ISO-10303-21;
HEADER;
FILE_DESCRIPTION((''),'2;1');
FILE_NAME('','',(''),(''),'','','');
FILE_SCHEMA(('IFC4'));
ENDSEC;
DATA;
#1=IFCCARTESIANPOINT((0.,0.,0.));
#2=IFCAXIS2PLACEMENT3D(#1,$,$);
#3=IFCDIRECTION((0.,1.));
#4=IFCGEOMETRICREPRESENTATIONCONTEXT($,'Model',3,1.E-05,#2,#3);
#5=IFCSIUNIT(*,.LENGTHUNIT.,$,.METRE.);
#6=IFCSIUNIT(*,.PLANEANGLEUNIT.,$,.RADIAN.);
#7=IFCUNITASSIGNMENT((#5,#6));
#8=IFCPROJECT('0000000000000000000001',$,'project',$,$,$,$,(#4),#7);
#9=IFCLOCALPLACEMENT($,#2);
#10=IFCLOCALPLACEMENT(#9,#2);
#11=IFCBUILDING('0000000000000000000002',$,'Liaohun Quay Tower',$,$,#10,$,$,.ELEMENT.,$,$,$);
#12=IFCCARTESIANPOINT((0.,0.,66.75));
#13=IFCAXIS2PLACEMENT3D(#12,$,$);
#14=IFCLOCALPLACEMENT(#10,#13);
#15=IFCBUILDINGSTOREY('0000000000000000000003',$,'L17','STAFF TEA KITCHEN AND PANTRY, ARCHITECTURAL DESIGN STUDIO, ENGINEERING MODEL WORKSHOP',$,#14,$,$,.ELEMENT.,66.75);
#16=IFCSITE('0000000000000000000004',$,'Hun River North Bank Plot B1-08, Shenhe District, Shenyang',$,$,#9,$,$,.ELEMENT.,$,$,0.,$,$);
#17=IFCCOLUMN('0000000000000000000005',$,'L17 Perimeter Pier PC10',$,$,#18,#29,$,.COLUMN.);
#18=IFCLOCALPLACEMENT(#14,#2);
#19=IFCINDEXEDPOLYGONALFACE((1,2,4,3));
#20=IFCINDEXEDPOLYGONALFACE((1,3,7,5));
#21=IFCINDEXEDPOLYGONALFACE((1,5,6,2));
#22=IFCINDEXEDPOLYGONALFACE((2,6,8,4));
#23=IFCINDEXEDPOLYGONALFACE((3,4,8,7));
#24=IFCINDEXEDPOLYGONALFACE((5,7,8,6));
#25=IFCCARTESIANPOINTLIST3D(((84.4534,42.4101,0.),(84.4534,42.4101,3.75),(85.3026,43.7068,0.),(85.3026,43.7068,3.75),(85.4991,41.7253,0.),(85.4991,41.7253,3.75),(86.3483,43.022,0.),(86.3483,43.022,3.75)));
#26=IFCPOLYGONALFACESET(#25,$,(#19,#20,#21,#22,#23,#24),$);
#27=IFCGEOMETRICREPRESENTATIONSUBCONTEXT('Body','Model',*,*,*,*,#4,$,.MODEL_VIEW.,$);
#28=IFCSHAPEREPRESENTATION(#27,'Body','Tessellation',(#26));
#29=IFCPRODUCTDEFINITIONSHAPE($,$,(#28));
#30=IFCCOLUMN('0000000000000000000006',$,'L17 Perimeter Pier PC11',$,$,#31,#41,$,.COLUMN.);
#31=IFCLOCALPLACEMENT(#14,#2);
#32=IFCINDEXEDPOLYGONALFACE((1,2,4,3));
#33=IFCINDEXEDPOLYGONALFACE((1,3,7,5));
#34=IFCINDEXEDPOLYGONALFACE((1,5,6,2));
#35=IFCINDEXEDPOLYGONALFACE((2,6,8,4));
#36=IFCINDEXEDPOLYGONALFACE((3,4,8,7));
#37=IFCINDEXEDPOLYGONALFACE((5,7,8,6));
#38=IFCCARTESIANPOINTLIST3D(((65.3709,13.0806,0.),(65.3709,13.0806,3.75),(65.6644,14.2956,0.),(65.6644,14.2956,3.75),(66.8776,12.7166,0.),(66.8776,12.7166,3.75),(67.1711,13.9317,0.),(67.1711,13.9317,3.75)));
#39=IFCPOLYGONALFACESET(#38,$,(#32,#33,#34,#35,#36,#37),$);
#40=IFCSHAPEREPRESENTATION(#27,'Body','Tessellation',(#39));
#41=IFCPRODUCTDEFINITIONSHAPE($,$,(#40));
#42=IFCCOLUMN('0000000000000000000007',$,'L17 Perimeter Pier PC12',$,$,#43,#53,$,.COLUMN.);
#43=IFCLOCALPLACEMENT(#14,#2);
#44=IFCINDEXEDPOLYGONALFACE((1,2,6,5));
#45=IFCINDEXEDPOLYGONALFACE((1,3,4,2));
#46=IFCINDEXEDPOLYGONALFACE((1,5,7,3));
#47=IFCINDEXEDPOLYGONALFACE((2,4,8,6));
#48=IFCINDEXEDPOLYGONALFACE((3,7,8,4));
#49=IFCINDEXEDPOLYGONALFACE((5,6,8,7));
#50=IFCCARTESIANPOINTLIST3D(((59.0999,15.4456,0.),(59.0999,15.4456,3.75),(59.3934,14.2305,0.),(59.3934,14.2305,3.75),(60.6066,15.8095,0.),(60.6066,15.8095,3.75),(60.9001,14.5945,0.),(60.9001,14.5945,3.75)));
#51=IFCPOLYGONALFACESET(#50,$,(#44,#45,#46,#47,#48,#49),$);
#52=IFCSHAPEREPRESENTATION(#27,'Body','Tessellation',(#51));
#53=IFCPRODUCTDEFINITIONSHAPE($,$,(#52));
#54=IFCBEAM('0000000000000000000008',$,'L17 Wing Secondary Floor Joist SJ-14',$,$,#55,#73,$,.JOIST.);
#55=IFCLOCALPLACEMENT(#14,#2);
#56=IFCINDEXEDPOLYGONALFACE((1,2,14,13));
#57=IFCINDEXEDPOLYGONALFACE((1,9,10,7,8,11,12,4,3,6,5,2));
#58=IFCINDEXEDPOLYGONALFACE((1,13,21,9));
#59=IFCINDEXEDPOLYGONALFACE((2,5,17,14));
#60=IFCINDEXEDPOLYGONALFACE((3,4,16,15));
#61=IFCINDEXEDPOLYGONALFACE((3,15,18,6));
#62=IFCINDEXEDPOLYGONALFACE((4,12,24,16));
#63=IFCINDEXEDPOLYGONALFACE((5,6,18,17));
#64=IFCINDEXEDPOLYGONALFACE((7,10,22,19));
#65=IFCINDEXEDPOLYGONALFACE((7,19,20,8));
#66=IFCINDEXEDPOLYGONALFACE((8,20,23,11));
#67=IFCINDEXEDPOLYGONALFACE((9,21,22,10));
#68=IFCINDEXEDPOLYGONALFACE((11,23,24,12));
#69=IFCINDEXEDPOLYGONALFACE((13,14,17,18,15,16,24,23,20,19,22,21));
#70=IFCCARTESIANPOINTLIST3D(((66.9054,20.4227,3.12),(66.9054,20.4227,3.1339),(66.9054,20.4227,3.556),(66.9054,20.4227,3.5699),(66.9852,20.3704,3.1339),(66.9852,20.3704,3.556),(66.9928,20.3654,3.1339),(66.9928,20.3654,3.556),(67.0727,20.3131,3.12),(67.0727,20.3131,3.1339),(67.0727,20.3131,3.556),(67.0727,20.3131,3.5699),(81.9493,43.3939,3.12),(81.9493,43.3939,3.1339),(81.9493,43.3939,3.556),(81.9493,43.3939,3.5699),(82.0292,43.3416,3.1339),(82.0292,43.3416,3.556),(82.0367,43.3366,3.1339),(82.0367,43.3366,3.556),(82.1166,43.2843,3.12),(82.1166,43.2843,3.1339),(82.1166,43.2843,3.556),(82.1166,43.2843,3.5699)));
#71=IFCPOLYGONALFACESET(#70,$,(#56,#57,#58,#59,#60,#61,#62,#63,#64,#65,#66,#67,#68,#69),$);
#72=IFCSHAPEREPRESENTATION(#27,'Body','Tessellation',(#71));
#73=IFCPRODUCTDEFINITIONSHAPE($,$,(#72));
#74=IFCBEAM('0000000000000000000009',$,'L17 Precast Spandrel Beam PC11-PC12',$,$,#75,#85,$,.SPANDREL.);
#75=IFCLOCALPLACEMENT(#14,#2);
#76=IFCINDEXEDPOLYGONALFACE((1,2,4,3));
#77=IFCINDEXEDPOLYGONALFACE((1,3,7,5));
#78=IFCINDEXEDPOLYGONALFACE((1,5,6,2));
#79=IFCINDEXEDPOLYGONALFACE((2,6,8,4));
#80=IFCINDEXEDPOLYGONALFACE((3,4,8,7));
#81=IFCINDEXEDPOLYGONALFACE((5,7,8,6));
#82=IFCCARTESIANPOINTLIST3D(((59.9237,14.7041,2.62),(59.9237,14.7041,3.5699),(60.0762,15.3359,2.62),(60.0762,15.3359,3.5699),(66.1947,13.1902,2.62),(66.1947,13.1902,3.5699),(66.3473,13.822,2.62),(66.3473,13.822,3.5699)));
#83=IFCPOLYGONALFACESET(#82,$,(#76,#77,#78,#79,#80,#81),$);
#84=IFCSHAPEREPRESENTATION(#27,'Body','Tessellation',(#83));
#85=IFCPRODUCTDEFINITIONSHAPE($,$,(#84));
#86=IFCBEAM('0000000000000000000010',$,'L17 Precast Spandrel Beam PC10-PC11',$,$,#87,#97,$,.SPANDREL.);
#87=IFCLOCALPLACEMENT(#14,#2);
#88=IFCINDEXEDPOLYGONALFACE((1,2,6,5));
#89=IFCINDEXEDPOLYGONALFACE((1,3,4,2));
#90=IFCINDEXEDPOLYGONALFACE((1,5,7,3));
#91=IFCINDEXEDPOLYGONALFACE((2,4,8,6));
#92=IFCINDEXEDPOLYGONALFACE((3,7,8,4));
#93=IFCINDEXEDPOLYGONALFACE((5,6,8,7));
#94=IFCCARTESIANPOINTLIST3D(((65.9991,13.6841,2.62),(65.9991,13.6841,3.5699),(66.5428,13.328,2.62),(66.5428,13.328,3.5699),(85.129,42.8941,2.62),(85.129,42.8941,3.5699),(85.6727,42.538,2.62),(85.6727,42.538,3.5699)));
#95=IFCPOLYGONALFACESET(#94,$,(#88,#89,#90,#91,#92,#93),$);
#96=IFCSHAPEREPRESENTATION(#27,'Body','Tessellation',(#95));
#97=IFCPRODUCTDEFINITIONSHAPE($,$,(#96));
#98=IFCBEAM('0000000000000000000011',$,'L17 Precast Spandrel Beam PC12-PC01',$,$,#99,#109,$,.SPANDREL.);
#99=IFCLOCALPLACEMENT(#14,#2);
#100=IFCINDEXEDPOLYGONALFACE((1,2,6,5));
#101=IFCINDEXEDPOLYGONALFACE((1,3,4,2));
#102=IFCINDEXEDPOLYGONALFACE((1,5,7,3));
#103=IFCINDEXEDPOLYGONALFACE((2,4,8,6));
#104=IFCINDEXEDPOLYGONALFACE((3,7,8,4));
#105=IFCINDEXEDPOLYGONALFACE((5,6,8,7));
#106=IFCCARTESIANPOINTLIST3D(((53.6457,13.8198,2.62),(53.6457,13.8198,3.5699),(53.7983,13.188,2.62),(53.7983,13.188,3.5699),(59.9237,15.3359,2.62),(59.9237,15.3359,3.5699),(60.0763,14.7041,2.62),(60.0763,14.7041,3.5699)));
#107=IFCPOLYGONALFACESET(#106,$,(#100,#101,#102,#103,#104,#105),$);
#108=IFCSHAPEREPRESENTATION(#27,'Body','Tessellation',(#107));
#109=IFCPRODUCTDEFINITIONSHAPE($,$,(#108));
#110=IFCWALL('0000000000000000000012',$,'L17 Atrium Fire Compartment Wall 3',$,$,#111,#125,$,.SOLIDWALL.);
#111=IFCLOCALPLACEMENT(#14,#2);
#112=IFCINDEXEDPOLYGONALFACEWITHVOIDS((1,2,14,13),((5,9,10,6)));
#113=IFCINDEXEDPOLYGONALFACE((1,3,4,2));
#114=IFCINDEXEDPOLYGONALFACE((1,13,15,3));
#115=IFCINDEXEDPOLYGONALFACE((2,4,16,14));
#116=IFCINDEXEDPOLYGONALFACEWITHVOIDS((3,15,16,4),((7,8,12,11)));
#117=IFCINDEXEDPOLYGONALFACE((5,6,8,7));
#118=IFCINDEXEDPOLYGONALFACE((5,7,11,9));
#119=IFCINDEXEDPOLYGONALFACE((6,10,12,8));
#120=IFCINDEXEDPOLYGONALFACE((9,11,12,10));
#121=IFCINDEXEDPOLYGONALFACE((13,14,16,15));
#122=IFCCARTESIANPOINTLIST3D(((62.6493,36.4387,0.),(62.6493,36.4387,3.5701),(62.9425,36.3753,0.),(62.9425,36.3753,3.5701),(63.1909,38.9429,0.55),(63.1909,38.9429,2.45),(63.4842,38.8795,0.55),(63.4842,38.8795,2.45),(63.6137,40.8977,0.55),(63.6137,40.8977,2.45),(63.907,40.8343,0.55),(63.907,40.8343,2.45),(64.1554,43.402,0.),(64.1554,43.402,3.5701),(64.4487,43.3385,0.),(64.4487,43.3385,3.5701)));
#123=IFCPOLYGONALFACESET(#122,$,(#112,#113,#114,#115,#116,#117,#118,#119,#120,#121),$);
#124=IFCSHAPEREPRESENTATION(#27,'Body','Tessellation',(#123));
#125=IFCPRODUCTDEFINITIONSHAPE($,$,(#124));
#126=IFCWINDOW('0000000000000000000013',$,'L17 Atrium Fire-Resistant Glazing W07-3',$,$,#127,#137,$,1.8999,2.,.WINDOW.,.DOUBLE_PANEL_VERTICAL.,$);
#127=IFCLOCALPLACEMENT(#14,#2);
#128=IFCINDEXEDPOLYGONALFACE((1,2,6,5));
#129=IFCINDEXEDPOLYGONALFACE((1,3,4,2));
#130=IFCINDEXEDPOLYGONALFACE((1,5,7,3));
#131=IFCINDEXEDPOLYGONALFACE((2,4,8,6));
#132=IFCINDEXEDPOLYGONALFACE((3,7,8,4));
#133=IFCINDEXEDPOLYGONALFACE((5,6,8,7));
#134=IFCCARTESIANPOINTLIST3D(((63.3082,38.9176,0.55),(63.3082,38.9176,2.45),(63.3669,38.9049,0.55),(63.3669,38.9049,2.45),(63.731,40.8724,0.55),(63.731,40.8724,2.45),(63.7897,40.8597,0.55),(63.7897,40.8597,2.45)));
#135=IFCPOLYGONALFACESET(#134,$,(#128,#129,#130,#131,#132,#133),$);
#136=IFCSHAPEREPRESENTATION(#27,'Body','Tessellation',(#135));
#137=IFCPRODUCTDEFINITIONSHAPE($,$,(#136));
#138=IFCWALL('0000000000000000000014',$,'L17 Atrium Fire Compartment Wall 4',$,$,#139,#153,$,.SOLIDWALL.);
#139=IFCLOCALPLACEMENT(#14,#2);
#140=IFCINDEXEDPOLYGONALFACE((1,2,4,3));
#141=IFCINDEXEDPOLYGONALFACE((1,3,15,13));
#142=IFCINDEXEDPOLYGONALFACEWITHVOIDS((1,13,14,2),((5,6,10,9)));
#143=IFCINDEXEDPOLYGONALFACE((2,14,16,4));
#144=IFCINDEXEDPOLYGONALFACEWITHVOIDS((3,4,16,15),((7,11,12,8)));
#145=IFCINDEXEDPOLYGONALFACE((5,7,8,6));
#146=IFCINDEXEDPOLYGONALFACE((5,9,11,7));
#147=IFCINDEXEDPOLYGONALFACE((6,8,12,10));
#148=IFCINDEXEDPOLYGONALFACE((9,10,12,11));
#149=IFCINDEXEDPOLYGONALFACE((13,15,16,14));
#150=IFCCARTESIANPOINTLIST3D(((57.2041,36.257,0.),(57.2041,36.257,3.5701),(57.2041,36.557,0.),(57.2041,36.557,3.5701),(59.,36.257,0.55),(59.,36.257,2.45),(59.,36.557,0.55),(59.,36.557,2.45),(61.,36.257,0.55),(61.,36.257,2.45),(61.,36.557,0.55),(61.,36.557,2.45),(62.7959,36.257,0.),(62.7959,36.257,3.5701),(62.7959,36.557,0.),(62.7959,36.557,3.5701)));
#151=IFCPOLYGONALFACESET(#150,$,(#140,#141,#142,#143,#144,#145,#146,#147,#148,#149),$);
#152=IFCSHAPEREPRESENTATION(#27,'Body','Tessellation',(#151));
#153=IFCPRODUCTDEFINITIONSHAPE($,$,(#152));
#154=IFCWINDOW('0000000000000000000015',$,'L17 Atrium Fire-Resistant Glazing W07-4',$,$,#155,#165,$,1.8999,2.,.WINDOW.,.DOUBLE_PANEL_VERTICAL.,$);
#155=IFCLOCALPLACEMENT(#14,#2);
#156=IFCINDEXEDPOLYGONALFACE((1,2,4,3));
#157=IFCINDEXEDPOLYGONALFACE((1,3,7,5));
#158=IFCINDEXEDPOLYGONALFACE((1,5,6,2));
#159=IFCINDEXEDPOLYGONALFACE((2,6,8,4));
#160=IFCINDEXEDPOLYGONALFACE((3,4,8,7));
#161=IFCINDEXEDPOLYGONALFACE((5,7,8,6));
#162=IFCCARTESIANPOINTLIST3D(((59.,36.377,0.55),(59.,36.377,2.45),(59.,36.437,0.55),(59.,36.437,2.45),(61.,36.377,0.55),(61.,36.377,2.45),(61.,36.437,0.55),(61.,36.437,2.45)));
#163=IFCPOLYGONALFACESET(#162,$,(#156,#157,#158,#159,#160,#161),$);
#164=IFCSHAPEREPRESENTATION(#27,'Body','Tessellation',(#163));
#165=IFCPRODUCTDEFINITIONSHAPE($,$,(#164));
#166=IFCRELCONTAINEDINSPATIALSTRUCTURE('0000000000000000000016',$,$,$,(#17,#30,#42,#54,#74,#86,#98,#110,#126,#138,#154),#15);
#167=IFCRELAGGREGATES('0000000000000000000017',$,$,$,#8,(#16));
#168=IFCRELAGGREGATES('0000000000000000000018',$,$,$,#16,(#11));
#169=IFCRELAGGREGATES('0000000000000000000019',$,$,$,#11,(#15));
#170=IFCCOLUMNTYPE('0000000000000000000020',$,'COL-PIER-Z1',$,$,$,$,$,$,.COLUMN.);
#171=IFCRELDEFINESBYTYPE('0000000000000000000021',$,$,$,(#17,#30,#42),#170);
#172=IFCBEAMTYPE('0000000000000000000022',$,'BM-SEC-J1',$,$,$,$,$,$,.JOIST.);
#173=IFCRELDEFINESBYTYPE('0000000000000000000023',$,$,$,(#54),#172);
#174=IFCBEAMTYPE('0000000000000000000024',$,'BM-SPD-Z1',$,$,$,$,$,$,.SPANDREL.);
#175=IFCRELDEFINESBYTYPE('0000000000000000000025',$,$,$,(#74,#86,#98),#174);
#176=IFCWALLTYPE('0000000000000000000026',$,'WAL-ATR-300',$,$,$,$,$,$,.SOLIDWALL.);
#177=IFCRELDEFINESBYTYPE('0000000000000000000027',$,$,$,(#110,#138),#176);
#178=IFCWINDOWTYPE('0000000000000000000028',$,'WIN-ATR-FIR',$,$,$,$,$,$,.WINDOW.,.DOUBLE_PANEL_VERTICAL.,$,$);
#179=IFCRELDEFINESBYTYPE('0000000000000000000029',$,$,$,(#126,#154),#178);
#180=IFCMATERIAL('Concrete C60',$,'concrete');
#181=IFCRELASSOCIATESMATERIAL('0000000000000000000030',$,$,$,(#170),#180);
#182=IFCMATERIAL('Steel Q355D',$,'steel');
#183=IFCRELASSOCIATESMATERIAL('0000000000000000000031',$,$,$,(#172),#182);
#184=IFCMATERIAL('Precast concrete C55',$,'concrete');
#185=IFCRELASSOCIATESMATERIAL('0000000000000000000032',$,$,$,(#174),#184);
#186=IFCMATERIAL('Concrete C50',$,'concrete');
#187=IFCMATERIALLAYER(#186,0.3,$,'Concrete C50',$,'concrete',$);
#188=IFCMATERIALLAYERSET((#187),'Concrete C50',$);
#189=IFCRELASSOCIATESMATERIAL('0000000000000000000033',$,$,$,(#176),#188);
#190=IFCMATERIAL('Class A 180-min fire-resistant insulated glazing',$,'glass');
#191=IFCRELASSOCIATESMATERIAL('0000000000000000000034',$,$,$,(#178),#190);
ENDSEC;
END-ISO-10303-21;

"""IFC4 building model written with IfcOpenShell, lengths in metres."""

from ifc_helpers import new_model, si_unit, direction, frame, frame_2d, origin, origin_2d, place, context, subcontext, project, spatial, rectangle, i_section, extrude, source, transform, mapped, material, layer, layer_set, material_profile, profile_set, type_object, element, fill, save


model = new_model("IFC4")

# Units and contexts
model_context = context("Model", 3, precision=1e-05, world=origin(), true_north=direction((0.0, 1.0)))
body_context = subcontext(model_context, "Body", "Model", "MODEL_VIEW")
ifc_project = project(units=[si_unit("LENGTHUNIT", "METRE"), si_unit("PLANEANGLEUNIT", "RADIAN")], contexts=[model_context])

# Site, building, storey
site_placement = place(None, origin())
site = spatial("IfcSite", under=ifc_project, at=site_placement, Name="Hun River North Bank Plot B1-08, Shenhe District, Shenyang", CompositionType="ELEMENT", RefElevation=0.0)
building_placement = place(site_placement, origin())
building = spatial("IfcBuilding", under=site, at=building_placement, Name="Liaohun Quay Tower", CompositionType="ELEMENT")
storey_placement = place(building_placement, frame((0.0, 0.0, 66.75)))
storey = spatial("IfcBuildingStorey", under=building, at=storey_placement, Name="L17", Description="STAFF TEA KITCHEN AND PANTRY, ARCHITECTURAL DESIGN STUDIO, ENGINEERING MODEL WORKSHOP", CompositionType="ELEMENT", Elevation=66.75)

# Columns
ifc_material_1 = material(Name="Concrete C60", Category="concrete")
ifc_material_profile_1 = material_profile(ifc_material_1, rectangle(XDim=1.55, YDim=1.25, at=origin_2d()), Name="RC1550x1250")
ifc_profile_set_1 = profile_set([ifc_material_profile_1], Name="Concrete C60")
column_type = type_object("IfcColumnType", Name="COL-PIER-Z1", PredefinedType="COLUMN", material=ifc_profile_set_1)
shared_shape_1 = source(origin(), body_context, "Body", "SweptSolid", [
    extrude(rectangle(XDim=1.55, YDim=1.25, at=origin_2d()), origin(), (0.0, 0.0, 1.0), 3.75),
])
for number, where, z_axis, x_axis, name in (
    (1, (85.4009, 42.7161, 0.0), (0.0, 0.0, 1.0), (0.547855, 0.836573, 0.0), "L17 Perimeter Pier PC10"),
    (2, (66.271, 13.5061, 0.0), (0.0, 0.0, 1.0), (-0.972043, 0.234803, 0.0), "L17 Perimeter Pier PC11"),
    (3, (60.0, 15.02, 0.0), (0.0, 0.0, 1.0), (0.972043, 0.234803, 0.0), "L17 Perimeter Pier PC12"),
):
    element("IfcColumn", number, at=place(storey_placement, frame(where, z_axis=z_axis, x_axis=x_axis)), inside=storey, type_object=column_type, Name=name, PredefinedType="COLUMN", context=body_context, shape_type="MappedRepresentation", body=[
        mapped(shared_shape_1, transform((0.0, 0.0, 0.0), x_axis=(1.0, 0.0, 0.0), y_axis=(0.0, 1.0, 0.0), z_axis=(0.0, 0.0, 1.0), scale=1.0)),
    ])

# Beams
ifc_material_2 = material(Name="Steel Q355D", Category="steel")
ifc_material_profile_2 = material_profile(ifc_material_2, i_section(OverallWidth=0.2, OverallDepth=0.45, WebThickness=0.009, FlangeThickness=0.0139, at=origin_2d()), Name="HN450x200x9x14")
ifc_profile_set_2 = profile_set([ifc_material_profile_2], Name="Steel Q355D")
beam_type_1 = type_object("IfcBeamType", Name="BM-SEC-J1", PredefinedType="JOIST", material=ifc_profile_set_2)
shared_shape_2 = source(origin(), body_context, "Body", "SweptSolid", [
    extrude(i_section(OverallWidth=0.2, OverallDepth=0.45, WebThickness=0.009, FlangeThickness=0.0139, at=origin_2d()), origin(), (0.0, 0.0, 1.0), 27.459),
])
beam_1_placement = place(storey_placement, frame((82.033, 43.3391, 3.345), z_axis=(-0.54787, -0.836564, 0.0), x_axis=(0.836564, -0.54787, 0.0)))
element("IfcBeam", 4, at=beam_1_placement, inside=storey, type_object=beam_type_1, Name="L17 Wing Secondary Floor Joist SJ-14", PredefinedType="JOIST", context=body_context, shape_type="MappedRepresentation", body=[
    mapped(shared_shape_2, transform((0.0, 0.0, 0.0), x_axis=(1.0, 0.0, 0.0), y_axis=(0.0, 1.0, 0.0), z_axis=(0.0, 0.0, 1.0), scale=1.0)),
])
ifc_material_3 = material(Name="Precast concrete C55", Category="concrete")
ifc_material_profile_3 = material_profile(ifc_material_3, rectangle(XDim=0.6499, YDim=0.95, at=origin_2d()), Name="RC650x950")
ifc_profile_set_3 = profile_set([ifc_material_profile_3], Name="Precast concrete C55")
beam_type_2 = type_object("IfcBeamType", Name="BM-SPD-Z1", PredefinedType="SPANDREL", material=ifc_profile_set_3)
shared_shape_3 = source(origin(), body_context, "Body", "SweptSolid", [
    extrude(rectangle(XDim=0.6499, YDim=0.95, at=origin_2d()), origin(), (0.0, 0.0, 1.0), 6.4512),
])
beam_2_placement = place(storey_placement, frame((66.271, 13.5061, 3.095), z_axis=(-0.972074, 0.234674, 0.0), x_axis=(-0.234674, -0.972074, 0.0)))
element("IfcBeam", 5, at=beam_2_placement, inside=storey, type_object=beam_type_2, Name="L17 Precast Spandrel Beam PC11-PC12", PredefinedType="SPANDREL", context=body_context, shape_type="MappedRepresentation", body=[
    mapped(shared_shape_3, transform((0.0, 0.0, 0.0), x_axis=(1.0, 0.0, 0.0), y_axis=(0.0, 1.0, 0.0), z_axis=(0.0, 0.0, 1.0), scale=1.0)),
])
shared_shape_4 = source(origin(), body_context, "Body", "SweptSolid", [
    extrude(rectangle(XDim=0.6499, YDim=0.95, at=origin_2d()), origin(), (0.0, 0.0, 1.0), 34.9167),
])
beam_3_placement = place(storey_placement, frame((85.4009, 42.7161, 3.095), z_axis=(-0.547872, -0.836562, 0.0), x_axis=(0.836562, -0.547872, 0.0)))
element("IfcBeam", 6, at=beam_3_placement, inside=storey, type_object=beam_type_2, Name="L17 Precast Spandrel Beam PC10-PC11", PredefinedType="SPANDREL", context=body_context, shape_type="MappedRepresentation", body=[
    mapped(shared_shape_4, transform((0.0, 0.0, 0.0), x_axis=(1.0, 0.0, 0.0), y_axis=(0.0, 1.0, 0.0), z_axis=(0.0, 0.0, 1.0), scale=1.0)),
])
shared_shape_5 = source(origin(), body_context, "Body", "SweptSolid", [
    extrude(rectangle(XDim=0.6499, YDim=0.95, at=origin_2d()), origin(), (0.0, 0.0, 1.0), 6.4585),
])
beam_4_placement = place(storey_placement, frame((60.0, 15.02, 3.095), z_axis=(-0.972057, -0.234745, 0.0), x_axis=(0.234745, -0.972057, 0.0)))
element("IfcBeam", 7, at=beam_4_placement, inside=storey, type_object=beam_type_2, Name="L17 Precast Spandrel Beam PC12-PC01", PredefinedType="SPANDREL", context=body_context, shape_type="MappedRepresentation", body=[
    mapped(shared_shape_5, transform((0.0, 0.0, 0.0), x_axis=(1.0, 0.0, 0.0), y_axis=(0.0, 1.0, 0.0), z_axis=(0.0, 0.0, 1.0), scale=1.0)),
])

# Walls, openings, windows
ifc_material_4 = material(Name="Concrete C50", Category="concrete")
ifc_layer_1 = layer(ifc_material_4, 0.3, Name="Concrete C50", Category="concrete")
ifc_layer_set_1 = layer_set([ifc_layer_1], Name="Concrete C50")
wall_type_1 = type_object("IfcWallType", Name="WAL-ATR-300", PredefinedType="SOLIDWALL", material=ifc_layer_set_1)
wall_1_placement = place(storey_placement, frame((64.302, 43.3701, 0.0), z_axis=(0.0, 0.0, 1.0), x_axis=(-0.211408, -0.977398, 0.0)))
wall_1 = element("IfcWall", 8, at=wall_1_placement, inside=storey, type_object=wall_type_1, Name="L17 Atrium Fire Compartment Wall 3", PredefinedType="SOLIDWALL", context=body_context, shape_type="SweptSolid", body=[
    extrude(rectangle(XDim=7.1243, YDim=0.3, at=frame_2d((3.562, 0.0))), origin(), (0.0, 0.0, 1.0), 3.5701),
])
shared_shape_6 = source(origin(), body_context, "Body", "SweptSolid", [
    extrude(rectangle(XDim=2.0, YDim=1.8999, at=frame_2d((1.0, 0.95))), frame((0.0, 0.1599, 0.0), z_axis=(0.0, -1.0, 0.0), x_axis=(1.0, 0.0, 0.0)), (0.0, 0.0, 1.0), 0.3201),
])
opening_1_placement = place(wall_1_placement, frame((2.562, 0.0, 0.55)))
opening_1 = element("IfcOpeningElement", 9, at=opening_1_placement, cuts=wall_1, PredefinedType="OPENING", context=body_context, shape_type="MappedRepresentation", body=[
    mapped(shared_shape_6, transform((0.0, 0.0, 0.0), x_axis=(1.0, 0.0, 0.0), y_axis=(0.0, 1.0, 0.0), z_axis=(0.0, 0.0, 1.0), scale=1.0)),
])
ifc_material_5 = material(Name="Class A 180-min fire-resistant insulated glazing", Category="glass")
window_type_1 = type_object("IfcWindowType", Name="WIN-ATR-FIR", PartitioningType="DOUBLE_PANEL_VERTICAL", PredefinedType="WINDOW", material=ifc_material_5)
shared_shape_7 = source(origin(), body_context, "Body", "SweptSolid", [
    extrude(rectangle(XDim=2.0, YDim=1.8999, at=frame_2d((1.0, 0.95))), frame((0.0, 0.03, 0.0), z_axis=(0.0, -1.0, 0.0), x_axis=(1.0, 0.0, 0.0)), (0.0, 0.0, 1.0), 0.0601),
])
window_1_placement = place(opening_1_placement, origin())
window_1 = element("IfcWindow", 10, at=window_1_placement, inside=storey, type_object=window_type_1, Name="L17 Atrium Fire-Resistant Glazing W07-3", OverallHeight=1.8999, OverallWidth=2.0, PartitioningType="DOUBLE_PANEL_VERTICAL", PredefinedType="WINDOW", context=body_context, shape_type="MappedRepresentation", body=[
    mapped(shared_shape_7, transform((0.0, 0.0, 0.0), x_axis=(1.0, 0.0, 0.0), y_axis=(0.0, 1.0, 0.0), z_axis=(0.0, 0.0, 1.0), scale=1.0)),
])
fill(opening_1, window_1)
wall_2_placement = place(storey_placement, frame((62.7959, 36.407, 0.0), z_axis=(0.0, 0.0, 1.0), x_axis=(-1.0, 0.0, 0.0)))
wall_2 = element("IfcWall", 11, at=wall_2_placement, inside=storey, type_object=wall_type_1, Name="L17 Atrium Fire Compartment Wall 4", PredefinedType="SOLIDWALL", context=body_context, shape_type="SweptSolid", body=[
    extrude(rectangle(XDim=5.5918, YDim=0.3, at=frame_2d((2.7959, 0.0))), origin(), (0.0, 0.0, 1.0), 3.5701),
])
opening_2_placement = place(wall_2_placement, frame((1.7959, 0.0, 0.55)))
opening_2 = element("IfcOpeningElement", 12, at=opening_2_placement, cuts=wall_2, PredefinedType="OPENING", context=body_context, shape_type="MappedRepresentation", body=[
    mapped(shared_shape_6, transform((0.0, 0.0, 0.0), x_axis=(1.0, 0.0, 0.0), y_axis=(0.0, 1.0, 0.0), z_axis=(0.0, 0.0, 1.0), scale=1.0)),
])
window_2_placement = place(opening_2_placement, origin())
window_2 = element("IfcWindow", 13, at=window_2_placement, inside=storey, type_object=window_type_1, Name="L17 Atrium Fire-Resistant Glazing W07-4", OverallHeight=1.8999, OverallWidth=2.0, PartitioningType="DOUBLE_PANEL_VERTICAL", PredefinedType="WINDOW", context=body_context, shape_type="MappedRepresentation", body=[
    mapped(shared_shape_7, transform((0.0, 0.0, 0.0), x_axis=(1.0, 0.0, 0.0), y_axis=(0.0, 1.0, 0.0), z_axis=(0.0, 0.0, 1.0), scale=1.0)),
])
fill(opening_2, window_2)

save(model, "model.ifc")
